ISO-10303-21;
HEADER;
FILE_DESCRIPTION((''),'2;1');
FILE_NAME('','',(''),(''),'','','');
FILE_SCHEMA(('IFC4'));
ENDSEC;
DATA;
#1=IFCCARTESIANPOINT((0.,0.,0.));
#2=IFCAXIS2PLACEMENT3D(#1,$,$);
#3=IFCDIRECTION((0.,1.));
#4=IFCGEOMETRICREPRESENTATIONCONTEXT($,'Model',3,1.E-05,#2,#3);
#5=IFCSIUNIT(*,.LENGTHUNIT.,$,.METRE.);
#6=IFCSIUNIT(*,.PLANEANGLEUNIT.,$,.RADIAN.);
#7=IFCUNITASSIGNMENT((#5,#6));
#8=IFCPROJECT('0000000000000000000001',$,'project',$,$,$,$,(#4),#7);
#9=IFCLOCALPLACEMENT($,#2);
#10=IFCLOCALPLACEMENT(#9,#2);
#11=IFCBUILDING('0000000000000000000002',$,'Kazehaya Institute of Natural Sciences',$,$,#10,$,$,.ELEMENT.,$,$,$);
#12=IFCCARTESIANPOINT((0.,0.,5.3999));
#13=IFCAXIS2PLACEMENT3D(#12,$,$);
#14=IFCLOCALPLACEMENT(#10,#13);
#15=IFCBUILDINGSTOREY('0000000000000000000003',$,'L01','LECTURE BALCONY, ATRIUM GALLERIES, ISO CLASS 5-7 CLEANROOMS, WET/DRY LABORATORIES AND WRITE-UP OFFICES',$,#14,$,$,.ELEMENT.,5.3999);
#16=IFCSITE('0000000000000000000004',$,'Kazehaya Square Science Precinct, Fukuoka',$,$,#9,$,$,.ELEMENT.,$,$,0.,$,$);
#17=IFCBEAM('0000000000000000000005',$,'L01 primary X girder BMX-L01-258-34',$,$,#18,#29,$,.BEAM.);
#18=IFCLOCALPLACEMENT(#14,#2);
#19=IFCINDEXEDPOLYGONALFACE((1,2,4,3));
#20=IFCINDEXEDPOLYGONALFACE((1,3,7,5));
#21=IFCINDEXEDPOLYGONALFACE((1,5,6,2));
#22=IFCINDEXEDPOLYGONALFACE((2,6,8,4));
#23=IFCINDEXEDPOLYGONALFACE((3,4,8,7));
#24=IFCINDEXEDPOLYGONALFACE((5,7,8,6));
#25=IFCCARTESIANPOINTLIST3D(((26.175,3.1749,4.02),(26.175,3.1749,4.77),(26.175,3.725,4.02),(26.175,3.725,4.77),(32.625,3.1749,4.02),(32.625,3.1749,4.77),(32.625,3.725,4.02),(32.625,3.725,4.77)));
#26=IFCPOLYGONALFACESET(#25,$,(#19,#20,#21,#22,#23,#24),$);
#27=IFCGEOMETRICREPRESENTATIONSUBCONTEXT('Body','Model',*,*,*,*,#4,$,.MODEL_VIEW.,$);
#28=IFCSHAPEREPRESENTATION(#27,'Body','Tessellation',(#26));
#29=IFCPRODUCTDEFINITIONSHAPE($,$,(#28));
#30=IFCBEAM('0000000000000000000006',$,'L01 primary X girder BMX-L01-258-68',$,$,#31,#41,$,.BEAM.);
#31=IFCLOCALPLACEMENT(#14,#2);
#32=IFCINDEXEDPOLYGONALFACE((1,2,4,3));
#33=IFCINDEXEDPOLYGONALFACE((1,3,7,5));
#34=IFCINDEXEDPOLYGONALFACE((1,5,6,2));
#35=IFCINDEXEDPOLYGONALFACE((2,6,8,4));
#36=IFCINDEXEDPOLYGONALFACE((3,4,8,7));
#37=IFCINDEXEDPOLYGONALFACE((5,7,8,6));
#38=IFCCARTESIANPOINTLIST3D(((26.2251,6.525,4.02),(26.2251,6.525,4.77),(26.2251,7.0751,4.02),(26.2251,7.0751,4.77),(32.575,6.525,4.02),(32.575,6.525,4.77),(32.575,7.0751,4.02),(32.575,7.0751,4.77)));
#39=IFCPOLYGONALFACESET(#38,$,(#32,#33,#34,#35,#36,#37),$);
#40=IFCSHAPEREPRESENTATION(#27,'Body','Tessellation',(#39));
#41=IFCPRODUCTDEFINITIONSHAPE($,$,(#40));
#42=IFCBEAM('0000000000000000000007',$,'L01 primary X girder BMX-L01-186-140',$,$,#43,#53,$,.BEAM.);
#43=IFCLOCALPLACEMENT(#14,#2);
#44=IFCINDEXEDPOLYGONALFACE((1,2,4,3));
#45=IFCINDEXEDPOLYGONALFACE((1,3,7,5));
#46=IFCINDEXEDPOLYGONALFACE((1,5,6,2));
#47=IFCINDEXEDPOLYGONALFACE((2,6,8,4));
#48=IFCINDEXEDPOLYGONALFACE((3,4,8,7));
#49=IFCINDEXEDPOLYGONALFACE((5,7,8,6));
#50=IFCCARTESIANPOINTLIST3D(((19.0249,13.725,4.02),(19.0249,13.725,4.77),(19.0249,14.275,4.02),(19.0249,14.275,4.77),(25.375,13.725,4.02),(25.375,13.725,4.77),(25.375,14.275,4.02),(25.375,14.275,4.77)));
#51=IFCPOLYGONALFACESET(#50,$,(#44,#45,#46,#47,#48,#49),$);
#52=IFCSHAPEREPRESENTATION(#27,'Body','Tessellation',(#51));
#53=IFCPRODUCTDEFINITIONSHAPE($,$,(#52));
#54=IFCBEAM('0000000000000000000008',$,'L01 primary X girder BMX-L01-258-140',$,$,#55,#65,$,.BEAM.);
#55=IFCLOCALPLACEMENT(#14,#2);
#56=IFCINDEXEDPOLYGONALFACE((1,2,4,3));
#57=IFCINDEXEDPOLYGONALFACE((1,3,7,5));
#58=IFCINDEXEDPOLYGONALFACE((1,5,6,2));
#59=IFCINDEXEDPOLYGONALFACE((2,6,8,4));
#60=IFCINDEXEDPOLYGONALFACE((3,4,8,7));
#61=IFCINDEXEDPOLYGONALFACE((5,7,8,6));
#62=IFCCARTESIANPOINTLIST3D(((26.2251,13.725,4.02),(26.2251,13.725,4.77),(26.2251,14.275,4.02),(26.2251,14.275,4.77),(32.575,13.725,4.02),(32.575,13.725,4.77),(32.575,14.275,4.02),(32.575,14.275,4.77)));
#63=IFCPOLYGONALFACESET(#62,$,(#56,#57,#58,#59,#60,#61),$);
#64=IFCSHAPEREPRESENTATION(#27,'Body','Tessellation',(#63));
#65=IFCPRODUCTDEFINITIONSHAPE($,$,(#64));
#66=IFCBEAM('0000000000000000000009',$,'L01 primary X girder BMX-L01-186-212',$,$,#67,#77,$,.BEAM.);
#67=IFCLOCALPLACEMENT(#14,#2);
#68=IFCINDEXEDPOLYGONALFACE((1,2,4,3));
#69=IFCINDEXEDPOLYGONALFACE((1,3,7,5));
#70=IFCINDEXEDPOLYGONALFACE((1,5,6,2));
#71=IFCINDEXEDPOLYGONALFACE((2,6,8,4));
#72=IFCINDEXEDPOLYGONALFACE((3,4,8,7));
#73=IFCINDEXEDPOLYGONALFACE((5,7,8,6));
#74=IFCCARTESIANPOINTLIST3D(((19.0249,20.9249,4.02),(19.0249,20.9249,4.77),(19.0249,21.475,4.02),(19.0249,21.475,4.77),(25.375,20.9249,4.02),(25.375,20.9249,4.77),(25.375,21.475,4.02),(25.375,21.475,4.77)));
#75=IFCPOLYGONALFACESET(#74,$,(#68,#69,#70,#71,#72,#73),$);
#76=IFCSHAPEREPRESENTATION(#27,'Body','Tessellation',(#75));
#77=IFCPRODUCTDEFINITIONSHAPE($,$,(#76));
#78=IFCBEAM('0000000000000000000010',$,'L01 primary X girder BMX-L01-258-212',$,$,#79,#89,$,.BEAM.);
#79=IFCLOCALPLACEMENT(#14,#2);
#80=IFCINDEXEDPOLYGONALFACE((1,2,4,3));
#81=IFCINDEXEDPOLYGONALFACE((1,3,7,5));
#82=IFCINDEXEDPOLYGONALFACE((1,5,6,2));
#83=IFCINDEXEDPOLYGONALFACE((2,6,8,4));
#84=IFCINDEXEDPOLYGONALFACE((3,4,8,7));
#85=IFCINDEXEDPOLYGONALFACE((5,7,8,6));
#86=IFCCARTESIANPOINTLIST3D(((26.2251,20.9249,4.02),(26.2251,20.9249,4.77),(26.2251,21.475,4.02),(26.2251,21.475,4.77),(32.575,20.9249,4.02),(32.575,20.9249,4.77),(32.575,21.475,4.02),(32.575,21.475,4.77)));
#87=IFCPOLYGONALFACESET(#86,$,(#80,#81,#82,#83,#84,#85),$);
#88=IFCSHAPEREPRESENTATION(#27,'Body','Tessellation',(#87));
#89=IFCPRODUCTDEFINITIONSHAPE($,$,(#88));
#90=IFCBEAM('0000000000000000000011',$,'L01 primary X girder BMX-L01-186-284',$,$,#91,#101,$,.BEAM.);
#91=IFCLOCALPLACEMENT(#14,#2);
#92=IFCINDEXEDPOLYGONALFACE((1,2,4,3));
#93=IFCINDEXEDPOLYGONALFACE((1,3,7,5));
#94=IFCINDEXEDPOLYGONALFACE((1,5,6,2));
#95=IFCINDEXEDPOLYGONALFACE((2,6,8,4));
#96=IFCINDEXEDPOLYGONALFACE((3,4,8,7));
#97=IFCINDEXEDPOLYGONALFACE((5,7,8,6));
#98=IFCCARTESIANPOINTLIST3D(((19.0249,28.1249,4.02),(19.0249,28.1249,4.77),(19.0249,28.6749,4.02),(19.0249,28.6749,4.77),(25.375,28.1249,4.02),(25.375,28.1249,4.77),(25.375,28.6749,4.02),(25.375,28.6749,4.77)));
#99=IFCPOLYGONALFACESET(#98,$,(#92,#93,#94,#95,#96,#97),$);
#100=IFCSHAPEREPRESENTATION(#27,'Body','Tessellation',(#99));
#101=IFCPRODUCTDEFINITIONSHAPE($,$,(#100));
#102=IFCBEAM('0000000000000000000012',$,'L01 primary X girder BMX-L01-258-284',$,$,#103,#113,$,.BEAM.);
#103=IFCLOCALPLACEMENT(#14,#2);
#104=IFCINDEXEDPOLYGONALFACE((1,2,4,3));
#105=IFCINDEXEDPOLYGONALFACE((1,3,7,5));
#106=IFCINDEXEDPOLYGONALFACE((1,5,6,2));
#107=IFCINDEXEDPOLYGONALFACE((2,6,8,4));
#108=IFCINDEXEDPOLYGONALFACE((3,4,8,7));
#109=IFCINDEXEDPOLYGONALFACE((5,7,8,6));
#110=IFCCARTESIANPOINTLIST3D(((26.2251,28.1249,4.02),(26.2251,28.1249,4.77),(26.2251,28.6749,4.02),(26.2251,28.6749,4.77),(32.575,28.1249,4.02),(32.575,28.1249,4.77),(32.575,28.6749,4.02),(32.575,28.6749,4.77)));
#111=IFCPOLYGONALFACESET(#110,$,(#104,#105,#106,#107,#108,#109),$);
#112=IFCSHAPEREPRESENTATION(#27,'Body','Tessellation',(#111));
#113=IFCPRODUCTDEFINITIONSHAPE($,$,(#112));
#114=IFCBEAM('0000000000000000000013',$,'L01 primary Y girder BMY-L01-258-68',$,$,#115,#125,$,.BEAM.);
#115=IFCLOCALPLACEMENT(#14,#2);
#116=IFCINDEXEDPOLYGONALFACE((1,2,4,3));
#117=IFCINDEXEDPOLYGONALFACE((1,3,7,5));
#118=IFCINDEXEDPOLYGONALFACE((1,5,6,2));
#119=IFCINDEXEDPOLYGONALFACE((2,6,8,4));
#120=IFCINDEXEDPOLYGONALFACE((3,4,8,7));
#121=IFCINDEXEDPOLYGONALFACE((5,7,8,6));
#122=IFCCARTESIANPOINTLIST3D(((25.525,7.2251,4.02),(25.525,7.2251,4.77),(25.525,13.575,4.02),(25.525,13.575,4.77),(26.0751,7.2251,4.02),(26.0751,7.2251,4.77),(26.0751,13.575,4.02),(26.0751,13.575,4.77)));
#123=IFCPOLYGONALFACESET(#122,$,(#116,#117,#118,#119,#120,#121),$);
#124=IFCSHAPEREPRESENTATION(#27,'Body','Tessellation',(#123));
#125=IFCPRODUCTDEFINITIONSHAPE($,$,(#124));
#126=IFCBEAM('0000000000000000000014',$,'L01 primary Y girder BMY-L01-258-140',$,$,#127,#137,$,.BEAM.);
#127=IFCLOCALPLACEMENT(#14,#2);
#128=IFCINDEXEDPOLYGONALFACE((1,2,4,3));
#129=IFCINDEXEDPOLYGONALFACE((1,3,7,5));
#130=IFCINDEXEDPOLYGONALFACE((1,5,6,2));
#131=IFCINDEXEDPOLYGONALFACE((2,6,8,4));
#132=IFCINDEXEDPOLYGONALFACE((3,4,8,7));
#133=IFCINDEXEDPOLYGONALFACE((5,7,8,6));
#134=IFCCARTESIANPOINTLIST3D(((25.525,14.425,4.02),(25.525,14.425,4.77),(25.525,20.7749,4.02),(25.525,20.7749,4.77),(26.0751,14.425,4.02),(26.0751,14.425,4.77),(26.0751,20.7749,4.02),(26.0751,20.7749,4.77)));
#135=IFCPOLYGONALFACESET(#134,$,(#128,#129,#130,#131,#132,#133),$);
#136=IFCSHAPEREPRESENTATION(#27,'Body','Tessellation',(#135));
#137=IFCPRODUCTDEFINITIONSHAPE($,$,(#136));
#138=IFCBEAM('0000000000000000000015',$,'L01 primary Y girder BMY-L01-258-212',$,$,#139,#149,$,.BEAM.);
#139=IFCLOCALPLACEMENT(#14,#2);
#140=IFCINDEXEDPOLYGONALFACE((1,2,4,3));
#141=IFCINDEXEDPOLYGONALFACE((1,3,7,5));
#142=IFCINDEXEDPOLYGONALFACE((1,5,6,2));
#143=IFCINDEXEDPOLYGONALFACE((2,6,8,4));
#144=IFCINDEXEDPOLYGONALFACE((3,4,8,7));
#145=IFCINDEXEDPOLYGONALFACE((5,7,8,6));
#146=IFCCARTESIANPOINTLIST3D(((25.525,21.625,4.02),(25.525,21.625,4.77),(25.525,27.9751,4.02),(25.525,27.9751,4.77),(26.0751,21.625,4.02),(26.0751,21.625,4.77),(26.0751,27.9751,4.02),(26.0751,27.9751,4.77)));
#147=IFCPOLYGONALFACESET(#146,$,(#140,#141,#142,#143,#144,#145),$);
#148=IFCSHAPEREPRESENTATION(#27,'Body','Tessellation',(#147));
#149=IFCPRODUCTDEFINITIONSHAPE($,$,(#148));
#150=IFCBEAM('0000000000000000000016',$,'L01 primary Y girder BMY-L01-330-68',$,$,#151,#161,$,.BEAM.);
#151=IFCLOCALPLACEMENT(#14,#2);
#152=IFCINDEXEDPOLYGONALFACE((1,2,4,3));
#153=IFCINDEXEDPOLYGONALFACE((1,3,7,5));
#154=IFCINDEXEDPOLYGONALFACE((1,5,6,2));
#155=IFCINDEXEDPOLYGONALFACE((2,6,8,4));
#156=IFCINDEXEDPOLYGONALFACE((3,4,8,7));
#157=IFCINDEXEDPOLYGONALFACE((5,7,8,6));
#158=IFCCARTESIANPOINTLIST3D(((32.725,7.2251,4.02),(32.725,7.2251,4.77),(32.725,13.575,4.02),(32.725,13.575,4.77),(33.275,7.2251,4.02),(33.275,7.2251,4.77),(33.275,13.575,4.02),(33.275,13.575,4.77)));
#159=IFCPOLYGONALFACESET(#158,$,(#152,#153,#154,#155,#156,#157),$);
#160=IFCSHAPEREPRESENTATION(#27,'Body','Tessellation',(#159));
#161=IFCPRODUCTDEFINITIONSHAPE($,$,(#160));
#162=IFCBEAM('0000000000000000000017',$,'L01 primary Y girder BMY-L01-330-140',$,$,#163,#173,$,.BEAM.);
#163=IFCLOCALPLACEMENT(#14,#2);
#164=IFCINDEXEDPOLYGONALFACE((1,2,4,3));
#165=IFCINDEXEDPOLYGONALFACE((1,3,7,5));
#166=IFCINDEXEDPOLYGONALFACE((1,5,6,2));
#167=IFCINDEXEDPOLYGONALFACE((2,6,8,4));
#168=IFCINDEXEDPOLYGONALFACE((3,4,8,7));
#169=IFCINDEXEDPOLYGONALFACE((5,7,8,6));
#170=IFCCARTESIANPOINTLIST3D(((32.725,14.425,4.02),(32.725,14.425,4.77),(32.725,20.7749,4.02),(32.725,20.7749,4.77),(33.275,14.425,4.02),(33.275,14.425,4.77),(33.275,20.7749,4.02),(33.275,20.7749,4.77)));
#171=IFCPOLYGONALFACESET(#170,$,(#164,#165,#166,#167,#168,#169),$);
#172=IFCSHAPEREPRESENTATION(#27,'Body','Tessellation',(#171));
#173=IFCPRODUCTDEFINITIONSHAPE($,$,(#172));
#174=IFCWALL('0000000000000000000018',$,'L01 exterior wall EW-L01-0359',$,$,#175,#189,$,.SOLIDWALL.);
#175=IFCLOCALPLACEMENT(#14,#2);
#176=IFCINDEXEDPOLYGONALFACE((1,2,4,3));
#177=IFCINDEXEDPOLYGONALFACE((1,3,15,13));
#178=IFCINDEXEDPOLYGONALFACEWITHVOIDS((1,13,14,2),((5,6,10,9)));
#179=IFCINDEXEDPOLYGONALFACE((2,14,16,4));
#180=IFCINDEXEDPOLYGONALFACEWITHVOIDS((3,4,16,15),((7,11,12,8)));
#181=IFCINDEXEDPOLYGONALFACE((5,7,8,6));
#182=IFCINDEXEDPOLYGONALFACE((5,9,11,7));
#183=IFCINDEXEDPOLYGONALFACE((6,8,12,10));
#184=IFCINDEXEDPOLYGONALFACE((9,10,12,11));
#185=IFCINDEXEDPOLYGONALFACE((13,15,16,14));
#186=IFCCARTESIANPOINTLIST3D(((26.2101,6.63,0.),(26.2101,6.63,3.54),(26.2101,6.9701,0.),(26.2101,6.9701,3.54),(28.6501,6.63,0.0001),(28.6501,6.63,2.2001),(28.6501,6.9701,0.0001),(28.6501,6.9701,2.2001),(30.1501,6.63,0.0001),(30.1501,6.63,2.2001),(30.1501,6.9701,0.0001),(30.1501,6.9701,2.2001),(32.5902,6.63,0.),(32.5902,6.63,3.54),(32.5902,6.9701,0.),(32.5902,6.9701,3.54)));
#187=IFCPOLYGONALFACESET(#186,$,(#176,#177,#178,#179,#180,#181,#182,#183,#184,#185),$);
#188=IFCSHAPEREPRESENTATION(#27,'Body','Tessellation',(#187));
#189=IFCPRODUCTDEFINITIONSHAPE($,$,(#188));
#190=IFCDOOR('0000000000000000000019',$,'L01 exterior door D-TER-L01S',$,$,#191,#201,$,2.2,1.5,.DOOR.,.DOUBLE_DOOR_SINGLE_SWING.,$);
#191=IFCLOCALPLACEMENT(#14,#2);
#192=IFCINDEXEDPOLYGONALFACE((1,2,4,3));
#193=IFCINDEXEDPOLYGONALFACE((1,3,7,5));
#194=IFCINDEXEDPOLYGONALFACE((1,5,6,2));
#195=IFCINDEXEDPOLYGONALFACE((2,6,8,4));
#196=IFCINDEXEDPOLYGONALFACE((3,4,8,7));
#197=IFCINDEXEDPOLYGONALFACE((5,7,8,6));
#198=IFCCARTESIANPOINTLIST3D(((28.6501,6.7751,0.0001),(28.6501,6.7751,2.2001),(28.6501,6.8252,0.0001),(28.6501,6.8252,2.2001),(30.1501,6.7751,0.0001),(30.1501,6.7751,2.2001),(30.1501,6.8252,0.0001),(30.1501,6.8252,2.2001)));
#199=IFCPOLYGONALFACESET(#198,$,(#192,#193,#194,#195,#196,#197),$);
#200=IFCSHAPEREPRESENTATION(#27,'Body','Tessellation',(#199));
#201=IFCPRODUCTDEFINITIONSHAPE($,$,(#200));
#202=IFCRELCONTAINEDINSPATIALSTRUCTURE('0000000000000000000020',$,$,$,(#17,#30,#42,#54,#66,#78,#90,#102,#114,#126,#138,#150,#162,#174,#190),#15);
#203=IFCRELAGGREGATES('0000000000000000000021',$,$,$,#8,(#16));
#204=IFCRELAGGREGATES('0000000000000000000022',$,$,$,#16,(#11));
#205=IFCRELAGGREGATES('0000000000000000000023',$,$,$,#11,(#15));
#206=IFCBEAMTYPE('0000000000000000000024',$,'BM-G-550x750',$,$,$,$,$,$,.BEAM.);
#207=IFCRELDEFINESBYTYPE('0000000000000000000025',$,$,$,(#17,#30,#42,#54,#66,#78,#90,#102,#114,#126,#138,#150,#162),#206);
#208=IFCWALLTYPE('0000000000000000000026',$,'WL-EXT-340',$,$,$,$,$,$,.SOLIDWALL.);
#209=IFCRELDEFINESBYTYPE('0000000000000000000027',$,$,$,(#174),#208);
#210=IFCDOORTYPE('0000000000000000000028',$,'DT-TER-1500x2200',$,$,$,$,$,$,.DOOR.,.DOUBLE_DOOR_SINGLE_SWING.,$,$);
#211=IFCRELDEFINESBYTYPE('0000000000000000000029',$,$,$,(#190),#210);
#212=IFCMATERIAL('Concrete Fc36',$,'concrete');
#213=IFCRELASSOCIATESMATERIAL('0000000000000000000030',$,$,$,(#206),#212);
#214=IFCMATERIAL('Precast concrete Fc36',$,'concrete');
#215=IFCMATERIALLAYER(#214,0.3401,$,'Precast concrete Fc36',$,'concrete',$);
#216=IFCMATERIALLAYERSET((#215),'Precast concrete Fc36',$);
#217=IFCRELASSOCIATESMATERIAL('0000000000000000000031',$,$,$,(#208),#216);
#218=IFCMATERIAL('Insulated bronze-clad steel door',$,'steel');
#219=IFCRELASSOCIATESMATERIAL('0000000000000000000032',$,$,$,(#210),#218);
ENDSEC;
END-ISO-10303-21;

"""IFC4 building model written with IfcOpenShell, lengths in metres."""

from ifc_helpers import new_model, si_unit, direction, frame, frame_2d, origin, origin_2d, place, context, subcontext, project, spatial, rectangle, extrude, material, layer, layer_set, material_profile, profile_set, type_object, element, fill, save


model = new_model("IFC4")

# Units and contexts
model_context = context("Model", 3, precision=1e-05, world=origin(), true_north=direction((0.0, 1.0)))
body_context = subcontext(model_context, "Body", "Model", "MODEL_VIEW")
ifc_project = project(units=[si_unit("LENGTHUNIT", "METRE"), si_unit("PLANEANGLEUNIT", "RADIAN")], contexts=[model_context])

# Site, building, storey
site_placement = place(None, origin())
site = spatial("IfcSite", under=ifc_project, at=site_placement, Name="Kazehaya Square Science Precinct, Fukuoka", CompositionType="ELEMENT", RefElevation=0.0)
building_placement = place(site_placement, origin())
building = spatial("IfcBuilding", under=site, at=building_placement, Name="Kazehaya Institute of Natural Sciences", CompositionType="ELEMENT")
storey_placement = place(building_placement, frame((0.0, 0.0, 5.3999)))
storey = spatial("IfcBuildingStorey", under=building, at=storey_placement, Name="L01", Description="LECTURE BALCONY, ATRIUM GALLERIES, ISO CLASS 5-7 CLEANROOMS, WET/DRY LABORATORIES AND WRITE-UP OFFICES", CompositionType="ELEMENT", Elevation=5.3999)

# Shared definitions
ifc_material_1 = material(Name="Concrete Fc36", Category="concrete")
ifc_material_2 = material(Name="Precast concrete Fc36", Category="concrete")

# Beams
ifc_material_profile_1 = material_profile(ifc_material_1, rectangle(XDim=0.55, YDim=0.75, at=origin_2d()), Name="RC-550x750")
ifc_profile_set_1 = profile_set([ifc_material_profile_1], Name="Concrete Fc36")
beam_type_1 = type_object("IfcBeamType", Name="BM-G-550x750", PredefinedType="BEAM", material=ifc_profile_set_1)
beam_1_placement = place(storey_placement, frame((26.175, 3.45, 4.395), z_axis=(1.0, 0.0, 0.0), x_axis=(0.0, 1.0, 0.0)))
element("IfcBeam", 1, at=beam_1_placement, inside=storey, type_object=beam_type_1, Name="L01 primary X girder BMX-L01-258-34", PredefinedType="BEAM", context=body_context, shape_type="SweptSolid", body=[
    extrude(rectangle(XDim=0.55, YDim=0.75, at=origin_2d()), origin(), (0.0, 0.0, 1.0), 6.45),
])
beam_2_placement = place(storey_placement, frame((26.2251, 6.8, 4.395), z_axis=(1.0, 0.0, 0.0), x_axis=(0.0, 1.0, 0.0)))
element("IfcBeam", 2, at=beam_2_placement, inside=storey, type_object=beam_type_1, Name="L01 primary X girder BMX-L01-258-68", PredefinedType="BEAM", context=body_context, shape_type="SweptSolid", body=[
    extrude(rectangle(XDim=0.55, YDim=0.75, at=origin_2d()), origin(), (0.0, 0.0, 1.0), 6.3499),
])
beam_3_placement = place(storey_placement, frame((19.0249, 14.0, 4.395), z_axis=(1.0, 0.0, 0.0), x_axis=(0.0, 1.0, 0.0)))
element("IfcBeam", 3, at=beam_3_placement, inside=storey, type_object=beam_type_1, Name="L01 primary X girder BMX-L01-186-140", PredefinedType="BEAM", context=body_context, shape_type="SweptSolid", body=[
    extrude(rectangle(XDim=0.55, YDim=0.75, at=origin_2d()), origin(), (0.0, 0.0, 1.0), 6.3501),
])
beam_4_placement = place(storey_placement, frame((26.2251, 14.0, 4.395), z_axis=(1.0, 0.0, 0.0), x_axis=(0.0, 1.0, 0.0)))
element("IfcBeam", 4, at=beam_4_placement, inside=storey, type_object=beam_type_1, Name="L01 primary X girder BMX-L01-258-140", PredefinedType="BEAM", context=body_context, shape_type="SweptSolid", body=[
    extrude(rectangle(XDim=0.55, YDim=0.75, at=origin_2d()), origin(), (0.0, 0.0, 1.0), 6.3499),
])
beam_5_placement = place(storey_placement, frame((19.0249, 21.2, 4.395), z_axis=(1.0, 0.0, 0.0), x_axis=(0.0, 1.0, 0.0)))
element("IfcBeam", 5, at=beam_5_placement, inside=storey, type_object=beam_type_1, Name="L01 primary X girder BMX-L01-186-212", PredefinedType="BEAM", context=body_context, shape_type="SweptSolid", body=[
    extrude(rectangle(XDim=0.55, YDim=0.75, at=origin_2d()), origin(), (0.0, 0.0, 1.0), 6.3501),
])
beam_6_placement = place(storey_placement, frame((26.2251, 21.2, 4.395), z_axis=(1.0, 0.0, 0.0), x_axis=(0.0, 1.0, 0.0)))
element("IfcBeam", 6, at=beam_6_placement, inside=storey, type_object=beam_type_1, Name="L01 primary X girder BMX-L01-258-212", PredefinedType="BEAM", context=body_context, shape_type="SweptSolid", body=[
    extrude(rectangle(XDim=0.55, YDim=0.75, at=origin_2d()), origin(), (0.0, 0.0, 1.0), 6.3499),
])
beam_7_placement = place(storey_placement, frame((19.0249, 28.3999, 4.395), z_axis=(1.0, 0.0, 0.0), x_axis=(0.0, 1.0, 0.0)))
element("IfcBeam", 7, at=beam_7_placement, inside=storey, type_object=beam_type_1, Name="L01 primary X girder BMX-L01-186-284", PredefinedType="BEAM", context=body_context, shape_type="SweptSolid", body=[
    extrude(rectangle(XDim=0.55, YDim=0.75, at=origin_2d()), origin(), (0.0, 0.0, 1.0), 6.3501),
])
for number, where, z_axis, x_axis, name in (
    (8, (26.2251, 28.3999, 4.395), (1.0, 0.0, 0.0), (0.0, 1.0, 0.0), "L01 primary X girder BMX-L01-258-284"),
    (9, (25.8, 7.2251, 4.395), (0.0, 1.0, 0.0), (-1.0, 0.0, 0.0), "L01 primary Y girder BMY-L01-258-68"),
    (10, (25.8, 14.425, 4.395), (0.0, 1.0, 0.0), (-1.0, 0.0, 0.0), "L01 primary Y girder BMY-L01-258-140"),
):
    element("IfcBeam", number, at=place(storey_placement, frame(where, z_axis=z_axis, x_axis=x_axis)), inside=storey, type_object=beam_type_1, Name=name, PredefinedType="BEAM", context=body_context, shape_type="SweptSolid", body=[
        extrude(rectangle(XDim=0.55, YDim=0.75, at=origin_2d()), origin(), (0.0, 0.0, 1.0), 6.3499),
    ])
beam_8_placement = place(storey_placement, frame((25.8, 21.625, 4.395), z_axis=(0.0, 1.0, 0.0), x_axis=(-1.0, 0.0, 0.0)))
element("IfcBeam", 11, at=beam_8_placement, inside=storey, type_object=beam_type_1, Name="L01 primary Y girder BMY-L01-258-212", PredefinedType="BEAM", context=body_context, shape_type="SweptSolid", body=[
    extrude(rectangle(XDim=0.55, YDim=0.75, at=origin_2d()), origin(), (0.0, 0.0, 1.0), 6.3501),
])
for number, where, z_axis, x_axis, name in (
    (12, (33.0, 7.2251, 4.395), (0.0, 1.0, 0.0), (-1.0, 0.0, 0.0), "L01 primary Y girder BMY-L01-330-68"),
    (13, (33.0, 14.425, 4.395), (0.0, 1.0, 0.0), (-1.0, 0.0, 0.0), "L01 primary Y girder BMY-L01-330-140"),
):
    element("IfcBeam", number, at=place(storey_placement, frame(where, z_axis=z_axis, x_axis=x_axis)), inside=storey, type_object=beam_type_1, Name=name, PredefinedType="BEAM", context=body_context, shape_type="SweptSolid", body=[
        extrude(rectangle(XDim=0.55, YDim=0.75, at=origin_2d()), origin(), (0.0, 0.0, 1.0), 6.3499),
    ])

# Wall, opening, door
ifc_layer_1 = layer(ifc_material_2, 0.3401, Name="Precast concrete Fc36", Category="concrete")
ifc_layer_set_1 = layer_set([ifc_layer_1], Name="Precast concrete Fc36")
wall_type_1 = type_object("IfcWallType", Name="WL-EXT-340", PredefinedType="SOLIDWALL", material=ifc_layer_set_1)
wall_1_placement = place(storey_placement, frame((32.5901, 6.8, 0.0), z_axis=(0.0, 0.0, 1.0), x_axis=(-1.0, 0.0, 0.0)))
wall_1 = element("IfcWall", 14, at=wall_1_placement, inside=storey, type_object=wall_type_1, Name="L01 exterior wall EW-L01-0359", PredefinedType="SOLIDWALL", context=body_context, shape_type="SweptSolid", body=[
    extrude(rectangle(XDim=6.3801, YDim=0.3401, at=frame_2d((3.1899, 0.0))), origin(), (0.0, 0.0, 1.0), 3.54),
])
opening_1_placement = place(wall_1_placement, frame((2.4399, 0.0, 0.0)))
opening_1 = element("IfcOpeningElement", 15, at=opening_1_placement, cuts=wall_1, PredefinedType="OPENING", context=body_context, shape_type="SweptSolid", body=[
    extrude(rectangle(XDim=1.5, YDim=2.2, at=frame_2d((0.75, 1.1001))), frame((0.0, 0.1799, 0.0), z_axis=(0.0, -1.0, 0.0), x_axis=(1.0, 0.0, 0.0)), (0.0, 0.0, 1.0), 0.3601),
])
ifc_material_3 = material(Name="Insulated bronze-clad steel door", Category="steel")
door_type_1 = type_object("IfcDoorType", Name="DT-TER-1500x2200", OperationType="DOUBLE_DOOR_SINGLE_SWING", PredefinedType="DOOR", material=ifc_material_3)
door_1_placement = place(opening_1_placement, origin())
door_1 = element("IfcDoor", 16, at=door_1_placement, inside=storey, type_object=door_type_1, Name="L01 exterior door D-TER-L01S", OperationType="DOUBLE_DOOR_SINGLE_SWING", OverallHeight=2.2, OverallWidth=1.5, PredefinedType="DOOR", context=body_context, shape_type="SweptSolid", body=[
    extrude(rectangle(XDim=1.5, YDim=2.2, at=frame_2d((0.75, 1.1001))), frame((0.0, 0.0249, 0.0), z_axis=(0.0, -1.0, 0.0), x_axis=(1.0, 0.0, 0.0)), (0.0, 0.0, 1.0), 0.05),
])
fill(opening_1, door_1)

save(model, "model.ifc")
